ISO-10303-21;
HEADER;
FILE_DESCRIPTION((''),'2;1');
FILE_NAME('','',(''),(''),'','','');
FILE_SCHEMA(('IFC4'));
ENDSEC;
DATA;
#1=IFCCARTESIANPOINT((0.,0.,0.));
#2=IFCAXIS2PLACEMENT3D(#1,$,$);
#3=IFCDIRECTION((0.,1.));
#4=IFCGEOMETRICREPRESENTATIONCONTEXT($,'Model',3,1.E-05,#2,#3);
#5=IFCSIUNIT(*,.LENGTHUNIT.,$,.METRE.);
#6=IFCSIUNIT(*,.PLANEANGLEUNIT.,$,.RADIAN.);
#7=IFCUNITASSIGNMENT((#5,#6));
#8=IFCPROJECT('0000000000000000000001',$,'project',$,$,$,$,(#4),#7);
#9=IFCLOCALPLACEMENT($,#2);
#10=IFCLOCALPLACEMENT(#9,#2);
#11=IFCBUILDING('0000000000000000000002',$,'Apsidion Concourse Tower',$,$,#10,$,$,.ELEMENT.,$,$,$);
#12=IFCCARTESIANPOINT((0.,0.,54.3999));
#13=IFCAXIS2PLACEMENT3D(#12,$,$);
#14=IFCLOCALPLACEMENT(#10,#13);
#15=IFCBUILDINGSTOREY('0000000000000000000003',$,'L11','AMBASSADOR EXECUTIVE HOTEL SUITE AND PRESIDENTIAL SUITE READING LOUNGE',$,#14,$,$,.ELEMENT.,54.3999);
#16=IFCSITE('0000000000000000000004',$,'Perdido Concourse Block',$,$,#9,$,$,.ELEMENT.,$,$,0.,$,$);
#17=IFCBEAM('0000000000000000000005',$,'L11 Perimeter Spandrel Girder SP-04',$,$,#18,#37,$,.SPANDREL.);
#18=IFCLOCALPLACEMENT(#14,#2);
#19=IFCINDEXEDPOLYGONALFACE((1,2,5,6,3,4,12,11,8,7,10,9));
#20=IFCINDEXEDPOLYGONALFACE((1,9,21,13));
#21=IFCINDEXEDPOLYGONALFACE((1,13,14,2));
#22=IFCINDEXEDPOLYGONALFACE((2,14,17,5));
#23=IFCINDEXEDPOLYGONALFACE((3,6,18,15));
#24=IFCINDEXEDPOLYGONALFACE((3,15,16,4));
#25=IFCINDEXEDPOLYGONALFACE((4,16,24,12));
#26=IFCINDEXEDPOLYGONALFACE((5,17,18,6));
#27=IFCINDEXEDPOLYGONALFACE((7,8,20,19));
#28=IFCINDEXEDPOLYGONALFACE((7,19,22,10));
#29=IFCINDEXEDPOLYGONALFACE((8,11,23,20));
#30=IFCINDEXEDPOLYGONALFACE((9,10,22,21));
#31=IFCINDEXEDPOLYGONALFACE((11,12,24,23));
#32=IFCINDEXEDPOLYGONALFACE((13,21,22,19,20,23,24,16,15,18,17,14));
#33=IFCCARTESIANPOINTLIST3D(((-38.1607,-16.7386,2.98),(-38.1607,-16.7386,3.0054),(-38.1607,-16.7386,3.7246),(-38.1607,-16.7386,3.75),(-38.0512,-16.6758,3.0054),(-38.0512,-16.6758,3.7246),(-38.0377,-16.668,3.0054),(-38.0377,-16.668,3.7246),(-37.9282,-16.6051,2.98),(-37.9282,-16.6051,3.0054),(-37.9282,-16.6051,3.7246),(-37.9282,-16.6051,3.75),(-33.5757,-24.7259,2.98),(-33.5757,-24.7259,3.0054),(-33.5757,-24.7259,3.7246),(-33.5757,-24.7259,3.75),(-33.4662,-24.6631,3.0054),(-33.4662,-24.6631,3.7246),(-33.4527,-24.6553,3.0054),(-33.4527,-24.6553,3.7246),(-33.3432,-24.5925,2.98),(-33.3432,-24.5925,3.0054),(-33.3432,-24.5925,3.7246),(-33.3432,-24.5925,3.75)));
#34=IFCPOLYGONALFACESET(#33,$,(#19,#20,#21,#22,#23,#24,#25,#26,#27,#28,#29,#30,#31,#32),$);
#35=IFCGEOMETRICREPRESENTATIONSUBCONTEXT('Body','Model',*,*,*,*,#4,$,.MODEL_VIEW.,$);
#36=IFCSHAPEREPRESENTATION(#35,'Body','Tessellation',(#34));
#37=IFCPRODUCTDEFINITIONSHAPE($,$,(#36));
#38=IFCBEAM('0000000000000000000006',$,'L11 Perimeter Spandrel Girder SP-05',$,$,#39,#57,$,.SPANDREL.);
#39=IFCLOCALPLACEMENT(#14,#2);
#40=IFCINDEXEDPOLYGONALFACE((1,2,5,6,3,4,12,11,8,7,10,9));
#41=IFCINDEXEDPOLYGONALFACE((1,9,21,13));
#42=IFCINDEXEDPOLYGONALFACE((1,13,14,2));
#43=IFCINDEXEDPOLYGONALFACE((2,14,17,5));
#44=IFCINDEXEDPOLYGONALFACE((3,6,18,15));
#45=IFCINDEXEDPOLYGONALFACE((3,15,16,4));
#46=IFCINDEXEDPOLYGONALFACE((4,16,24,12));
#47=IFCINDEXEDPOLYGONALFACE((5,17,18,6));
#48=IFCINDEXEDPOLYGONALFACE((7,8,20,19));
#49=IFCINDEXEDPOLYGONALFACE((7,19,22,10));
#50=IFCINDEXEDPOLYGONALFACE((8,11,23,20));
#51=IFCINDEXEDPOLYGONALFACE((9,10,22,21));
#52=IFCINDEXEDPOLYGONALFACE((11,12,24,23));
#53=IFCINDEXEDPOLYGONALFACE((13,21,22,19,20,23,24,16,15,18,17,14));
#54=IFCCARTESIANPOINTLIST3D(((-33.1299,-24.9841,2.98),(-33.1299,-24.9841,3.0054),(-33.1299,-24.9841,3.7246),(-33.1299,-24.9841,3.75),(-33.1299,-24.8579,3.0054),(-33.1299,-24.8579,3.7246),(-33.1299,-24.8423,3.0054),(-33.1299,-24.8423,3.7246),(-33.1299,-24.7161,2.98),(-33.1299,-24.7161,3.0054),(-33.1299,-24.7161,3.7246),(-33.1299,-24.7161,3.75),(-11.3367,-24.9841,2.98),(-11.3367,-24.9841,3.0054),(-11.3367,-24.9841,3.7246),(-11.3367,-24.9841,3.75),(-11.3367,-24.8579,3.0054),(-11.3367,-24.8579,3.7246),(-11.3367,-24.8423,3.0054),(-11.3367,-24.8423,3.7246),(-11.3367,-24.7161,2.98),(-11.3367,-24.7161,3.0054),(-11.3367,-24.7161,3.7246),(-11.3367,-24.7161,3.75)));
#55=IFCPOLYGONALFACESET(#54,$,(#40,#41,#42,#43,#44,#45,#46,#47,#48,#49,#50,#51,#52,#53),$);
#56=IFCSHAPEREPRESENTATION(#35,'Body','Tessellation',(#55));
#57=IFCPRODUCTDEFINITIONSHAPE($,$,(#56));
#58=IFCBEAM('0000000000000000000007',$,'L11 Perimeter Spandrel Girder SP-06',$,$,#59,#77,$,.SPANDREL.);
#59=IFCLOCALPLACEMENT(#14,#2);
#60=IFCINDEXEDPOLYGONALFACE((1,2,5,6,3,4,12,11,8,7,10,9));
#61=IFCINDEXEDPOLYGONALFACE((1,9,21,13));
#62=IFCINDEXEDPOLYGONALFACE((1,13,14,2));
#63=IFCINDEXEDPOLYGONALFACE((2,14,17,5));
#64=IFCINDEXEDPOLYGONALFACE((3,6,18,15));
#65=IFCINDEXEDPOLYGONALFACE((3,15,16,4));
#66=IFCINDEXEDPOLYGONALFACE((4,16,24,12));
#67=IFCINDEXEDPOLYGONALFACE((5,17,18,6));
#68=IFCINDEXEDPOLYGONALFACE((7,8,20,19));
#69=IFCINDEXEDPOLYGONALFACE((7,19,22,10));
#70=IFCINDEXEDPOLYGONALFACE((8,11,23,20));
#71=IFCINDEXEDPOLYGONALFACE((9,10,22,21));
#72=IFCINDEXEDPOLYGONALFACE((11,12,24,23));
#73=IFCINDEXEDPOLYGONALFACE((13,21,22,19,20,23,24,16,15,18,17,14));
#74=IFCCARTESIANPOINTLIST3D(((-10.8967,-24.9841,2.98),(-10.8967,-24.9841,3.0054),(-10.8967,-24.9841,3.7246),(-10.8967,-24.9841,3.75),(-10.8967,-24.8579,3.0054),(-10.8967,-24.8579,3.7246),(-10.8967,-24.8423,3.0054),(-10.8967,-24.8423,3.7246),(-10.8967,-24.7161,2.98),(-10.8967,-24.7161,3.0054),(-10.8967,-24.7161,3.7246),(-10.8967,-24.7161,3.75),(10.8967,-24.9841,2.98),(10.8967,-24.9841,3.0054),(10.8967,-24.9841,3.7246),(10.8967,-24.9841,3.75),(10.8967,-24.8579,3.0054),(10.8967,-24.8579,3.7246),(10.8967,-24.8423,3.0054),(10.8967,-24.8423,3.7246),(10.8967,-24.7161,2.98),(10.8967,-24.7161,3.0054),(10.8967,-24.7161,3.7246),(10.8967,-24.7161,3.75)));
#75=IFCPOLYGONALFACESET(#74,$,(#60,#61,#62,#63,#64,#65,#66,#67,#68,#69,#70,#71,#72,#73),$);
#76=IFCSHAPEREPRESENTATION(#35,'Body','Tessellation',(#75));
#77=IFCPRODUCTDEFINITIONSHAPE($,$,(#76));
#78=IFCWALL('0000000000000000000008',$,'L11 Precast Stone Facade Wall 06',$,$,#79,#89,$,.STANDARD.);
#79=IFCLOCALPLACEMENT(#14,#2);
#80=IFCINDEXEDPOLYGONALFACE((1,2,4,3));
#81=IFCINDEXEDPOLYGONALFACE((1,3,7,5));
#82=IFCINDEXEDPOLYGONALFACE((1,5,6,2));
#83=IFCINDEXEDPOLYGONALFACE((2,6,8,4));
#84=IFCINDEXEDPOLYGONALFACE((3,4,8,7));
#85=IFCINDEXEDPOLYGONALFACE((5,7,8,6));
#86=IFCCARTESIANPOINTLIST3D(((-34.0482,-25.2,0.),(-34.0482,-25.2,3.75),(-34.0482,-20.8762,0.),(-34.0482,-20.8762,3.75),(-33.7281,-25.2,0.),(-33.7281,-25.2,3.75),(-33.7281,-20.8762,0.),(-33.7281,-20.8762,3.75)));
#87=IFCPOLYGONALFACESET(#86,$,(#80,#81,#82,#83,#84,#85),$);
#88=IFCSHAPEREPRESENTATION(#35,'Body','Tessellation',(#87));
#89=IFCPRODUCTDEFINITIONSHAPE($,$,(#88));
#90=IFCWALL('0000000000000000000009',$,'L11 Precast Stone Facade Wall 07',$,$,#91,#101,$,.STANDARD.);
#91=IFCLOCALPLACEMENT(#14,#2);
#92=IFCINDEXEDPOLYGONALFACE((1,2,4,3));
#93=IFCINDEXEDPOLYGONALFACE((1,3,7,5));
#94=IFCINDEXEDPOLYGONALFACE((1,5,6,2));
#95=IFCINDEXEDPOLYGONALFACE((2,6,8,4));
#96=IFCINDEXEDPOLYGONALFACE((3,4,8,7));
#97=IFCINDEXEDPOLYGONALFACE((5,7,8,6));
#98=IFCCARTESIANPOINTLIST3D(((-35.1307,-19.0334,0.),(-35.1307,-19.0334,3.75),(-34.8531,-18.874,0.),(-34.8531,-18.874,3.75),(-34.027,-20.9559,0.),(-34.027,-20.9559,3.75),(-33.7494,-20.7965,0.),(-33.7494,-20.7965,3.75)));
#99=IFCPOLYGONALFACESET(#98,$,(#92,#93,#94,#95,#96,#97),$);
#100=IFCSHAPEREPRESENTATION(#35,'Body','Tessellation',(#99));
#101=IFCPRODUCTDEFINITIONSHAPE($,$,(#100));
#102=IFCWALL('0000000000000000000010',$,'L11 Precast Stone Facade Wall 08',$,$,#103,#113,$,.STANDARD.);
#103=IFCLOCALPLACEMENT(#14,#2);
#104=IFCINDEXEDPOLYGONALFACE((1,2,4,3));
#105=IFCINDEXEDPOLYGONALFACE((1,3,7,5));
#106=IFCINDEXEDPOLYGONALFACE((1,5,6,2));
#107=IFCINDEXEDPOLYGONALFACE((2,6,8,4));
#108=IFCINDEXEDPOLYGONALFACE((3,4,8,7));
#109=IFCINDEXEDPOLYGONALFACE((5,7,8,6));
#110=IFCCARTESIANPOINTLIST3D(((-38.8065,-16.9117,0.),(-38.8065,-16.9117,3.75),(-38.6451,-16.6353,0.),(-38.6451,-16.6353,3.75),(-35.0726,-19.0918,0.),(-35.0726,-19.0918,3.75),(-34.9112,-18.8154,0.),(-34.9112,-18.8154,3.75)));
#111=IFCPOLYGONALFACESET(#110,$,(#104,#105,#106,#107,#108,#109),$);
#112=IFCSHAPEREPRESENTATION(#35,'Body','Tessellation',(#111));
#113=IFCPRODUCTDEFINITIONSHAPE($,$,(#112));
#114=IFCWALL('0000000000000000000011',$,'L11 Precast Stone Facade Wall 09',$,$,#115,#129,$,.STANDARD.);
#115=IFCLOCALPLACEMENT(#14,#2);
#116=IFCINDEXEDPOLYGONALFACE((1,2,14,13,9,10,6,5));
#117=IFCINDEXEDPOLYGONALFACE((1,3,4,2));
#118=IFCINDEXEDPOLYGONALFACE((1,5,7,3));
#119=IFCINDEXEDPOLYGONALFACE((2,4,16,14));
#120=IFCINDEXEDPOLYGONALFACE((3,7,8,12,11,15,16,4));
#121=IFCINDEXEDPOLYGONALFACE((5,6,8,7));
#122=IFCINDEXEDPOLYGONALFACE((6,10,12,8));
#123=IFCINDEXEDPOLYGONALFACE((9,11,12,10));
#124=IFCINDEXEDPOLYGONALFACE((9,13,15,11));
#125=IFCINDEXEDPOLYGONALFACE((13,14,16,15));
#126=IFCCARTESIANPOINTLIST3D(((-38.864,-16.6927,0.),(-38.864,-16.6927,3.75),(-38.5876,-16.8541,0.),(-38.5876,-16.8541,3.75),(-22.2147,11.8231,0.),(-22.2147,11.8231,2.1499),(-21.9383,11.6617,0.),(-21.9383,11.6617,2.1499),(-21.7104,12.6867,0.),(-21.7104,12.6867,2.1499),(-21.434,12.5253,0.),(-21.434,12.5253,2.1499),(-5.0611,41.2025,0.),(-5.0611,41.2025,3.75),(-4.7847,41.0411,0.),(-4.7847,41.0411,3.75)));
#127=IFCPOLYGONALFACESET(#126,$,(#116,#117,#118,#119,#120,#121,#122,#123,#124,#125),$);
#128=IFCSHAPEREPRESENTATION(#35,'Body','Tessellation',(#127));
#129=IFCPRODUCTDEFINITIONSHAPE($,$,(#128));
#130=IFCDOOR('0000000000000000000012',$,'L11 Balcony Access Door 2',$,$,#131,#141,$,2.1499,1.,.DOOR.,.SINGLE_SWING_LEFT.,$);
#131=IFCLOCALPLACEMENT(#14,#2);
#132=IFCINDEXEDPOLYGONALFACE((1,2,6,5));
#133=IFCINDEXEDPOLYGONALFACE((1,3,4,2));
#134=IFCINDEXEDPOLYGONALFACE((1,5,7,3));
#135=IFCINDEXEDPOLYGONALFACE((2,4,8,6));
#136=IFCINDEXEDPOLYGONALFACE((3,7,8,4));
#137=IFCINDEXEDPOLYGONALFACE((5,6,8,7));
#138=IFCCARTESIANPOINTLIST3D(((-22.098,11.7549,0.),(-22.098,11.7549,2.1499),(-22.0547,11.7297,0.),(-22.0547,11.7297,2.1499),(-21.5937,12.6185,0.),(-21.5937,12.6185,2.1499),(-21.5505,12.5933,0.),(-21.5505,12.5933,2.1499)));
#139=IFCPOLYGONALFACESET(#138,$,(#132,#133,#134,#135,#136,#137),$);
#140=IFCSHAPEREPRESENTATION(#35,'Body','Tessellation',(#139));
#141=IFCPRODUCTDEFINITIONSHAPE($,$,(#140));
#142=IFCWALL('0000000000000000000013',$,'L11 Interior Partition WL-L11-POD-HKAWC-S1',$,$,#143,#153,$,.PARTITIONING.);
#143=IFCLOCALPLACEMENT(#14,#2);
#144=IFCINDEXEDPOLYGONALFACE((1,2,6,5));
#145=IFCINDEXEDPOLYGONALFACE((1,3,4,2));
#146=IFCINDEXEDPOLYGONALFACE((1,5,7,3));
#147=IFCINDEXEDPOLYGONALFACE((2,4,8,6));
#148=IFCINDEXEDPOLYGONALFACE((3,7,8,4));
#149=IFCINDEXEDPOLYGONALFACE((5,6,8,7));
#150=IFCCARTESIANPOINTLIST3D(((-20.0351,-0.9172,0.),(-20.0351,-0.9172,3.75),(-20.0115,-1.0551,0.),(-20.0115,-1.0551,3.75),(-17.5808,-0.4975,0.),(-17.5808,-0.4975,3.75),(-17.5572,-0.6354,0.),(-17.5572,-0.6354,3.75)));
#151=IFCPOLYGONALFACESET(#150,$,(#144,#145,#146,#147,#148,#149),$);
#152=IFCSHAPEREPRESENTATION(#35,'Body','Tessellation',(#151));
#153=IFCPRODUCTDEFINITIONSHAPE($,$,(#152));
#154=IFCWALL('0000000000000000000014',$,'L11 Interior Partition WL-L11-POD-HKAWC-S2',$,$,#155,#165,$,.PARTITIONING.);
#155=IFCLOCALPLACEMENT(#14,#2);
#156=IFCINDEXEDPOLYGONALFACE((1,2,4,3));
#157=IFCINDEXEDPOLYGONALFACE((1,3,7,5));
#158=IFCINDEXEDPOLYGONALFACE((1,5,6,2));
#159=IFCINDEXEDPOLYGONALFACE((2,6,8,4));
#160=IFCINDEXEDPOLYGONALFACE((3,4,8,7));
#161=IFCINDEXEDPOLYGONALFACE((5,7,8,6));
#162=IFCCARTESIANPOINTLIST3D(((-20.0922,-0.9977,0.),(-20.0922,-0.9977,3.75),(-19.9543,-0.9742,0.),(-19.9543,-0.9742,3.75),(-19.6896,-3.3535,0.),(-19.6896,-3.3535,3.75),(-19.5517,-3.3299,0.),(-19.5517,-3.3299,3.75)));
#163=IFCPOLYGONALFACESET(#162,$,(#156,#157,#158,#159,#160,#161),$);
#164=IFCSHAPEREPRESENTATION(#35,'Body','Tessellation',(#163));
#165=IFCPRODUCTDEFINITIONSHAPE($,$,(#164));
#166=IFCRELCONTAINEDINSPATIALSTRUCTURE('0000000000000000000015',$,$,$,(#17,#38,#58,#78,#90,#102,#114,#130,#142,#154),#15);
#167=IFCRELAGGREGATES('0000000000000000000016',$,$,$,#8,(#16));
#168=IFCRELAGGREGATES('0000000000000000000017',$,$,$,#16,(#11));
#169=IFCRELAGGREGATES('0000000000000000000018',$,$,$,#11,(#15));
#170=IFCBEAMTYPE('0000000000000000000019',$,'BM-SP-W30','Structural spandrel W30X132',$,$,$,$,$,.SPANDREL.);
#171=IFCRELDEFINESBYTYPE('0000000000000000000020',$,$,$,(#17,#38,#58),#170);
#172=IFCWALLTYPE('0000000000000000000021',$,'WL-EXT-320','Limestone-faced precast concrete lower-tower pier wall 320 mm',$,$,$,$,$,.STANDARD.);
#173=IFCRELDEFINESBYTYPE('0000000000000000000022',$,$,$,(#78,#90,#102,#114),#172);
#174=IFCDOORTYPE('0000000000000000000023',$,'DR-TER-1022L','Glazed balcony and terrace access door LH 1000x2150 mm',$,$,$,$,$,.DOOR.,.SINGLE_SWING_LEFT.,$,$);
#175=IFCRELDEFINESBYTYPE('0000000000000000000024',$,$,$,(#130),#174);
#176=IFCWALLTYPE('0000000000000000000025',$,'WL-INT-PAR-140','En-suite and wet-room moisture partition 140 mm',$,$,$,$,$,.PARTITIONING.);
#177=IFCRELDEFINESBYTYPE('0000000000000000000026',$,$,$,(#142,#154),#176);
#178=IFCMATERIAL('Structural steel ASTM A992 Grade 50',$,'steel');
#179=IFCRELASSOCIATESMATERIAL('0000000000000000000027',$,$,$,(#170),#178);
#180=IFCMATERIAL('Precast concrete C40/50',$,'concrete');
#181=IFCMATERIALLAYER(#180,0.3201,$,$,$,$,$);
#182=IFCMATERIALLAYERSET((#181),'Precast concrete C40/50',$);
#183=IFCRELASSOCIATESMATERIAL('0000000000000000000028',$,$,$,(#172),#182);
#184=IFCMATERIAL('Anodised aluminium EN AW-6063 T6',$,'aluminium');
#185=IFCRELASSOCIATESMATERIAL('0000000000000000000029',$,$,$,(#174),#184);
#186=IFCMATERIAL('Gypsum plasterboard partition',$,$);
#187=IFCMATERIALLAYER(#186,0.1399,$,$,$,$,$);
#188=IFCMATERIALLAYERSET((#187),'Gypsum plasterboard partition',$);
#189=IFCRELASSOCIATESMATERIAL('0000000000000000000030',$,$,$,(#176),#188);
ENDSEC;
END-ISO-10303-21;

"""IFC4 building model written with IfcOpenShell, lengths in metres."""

from ifc_helpers import new_model, si_unit, direction, frame, frame_2d, origin, origin_2d, place, context, subcontext, project, spatial, rectangle, i_section, extrude, material, layer, layer_set, material_profile, profile_set, type_object, element, fill, save


model = new_model("IFC4")

# Units and contexts
model_context = context("Model", 3, precision=1e-05, world=origin(), true_north=direction((0.0, 1.0)))
body_context = subcontext(model_context, "Body", "Model", "MODEL_VIEW")
ifc_project = project(units=[si_unit("LENGTHUNIT", "METRE"), si_unit("PLANEANGLEUNIT", "RADIAN")], contexts=[model_context])

# Site, building, storey
site_placement = place(None, origin())
site = spatial("IfcSite", under=ifc_project, at=site_placement, Name="Perdido Concourse Block", CompositionType="ELEMENT", RefElevation=0.0)
building_placement = place(site_placement, origin())
building = spatial("IfcBuilding", under=site, at=building_placement, Name="Apsidion Concourse Tower", CompositionType="ELEMENT")
storey_placement = place(building_placement, frame((0.0, 0.0, 54.3999)))
storey = spatial("IfcBuildingStorey", under=building, at=storey_placement, Name="L11", Description="AMBASSADOR EXECUTIVE HOTEL SUITE AND PRESIDENTIAL SUITE READING LOUNGE", CompositionType="ELEMENT", Elevation=54.3999)

# Beams
ifc_material_1 = material(Name="Structural steel ASTM A992 Grade 50", Category="steel")
ifc_material_profile_1 = material_profile(ifc_material_1, i_section(OverallWidth=0.2681, OverallDepth=0.77, WebThickness=0.0156, FlangeThickness=0.0254, at=origin_2d()), Name="W30X132")
ifc_profile_set_1 = profile_set([ifc_material_profile_1], Name="Structural steel ASTM A992 Grade 50")
beam_type_1 = type_object("IfcBeamType", Name="BM-SP-W30", Description="Structural spandrel W30X132", PredefinedType="SPANDREL", material=ifc_profile_set_1)
beam_1_placement = place(storey_placement, frame((-38.0444, -16.6719, 3.365), z_axis=(0.497839, -0.867269, 0.0), x_axis=(0.867269, 0.497839, 0.0)))
element("IfcBeam", 1, at=beam_1_placement, inside=storey, type_object=beam_type_1, Name="L11 Perimeter Spandrel Girder SP-04", PredefinedType="SPANDREL", context=body_context, shape_type="SweptSolid", body=[
    extrude(i_section(OverallWidth=0.2681, OverallDepth=0.77, WebThickness=0.0156, FlangeThickness=0.0254, at=origin_2d()), origin(), (0.0, 0.0, 1.0), 9.2097),
])
beam_2_placement = place(storey_placement, frame((-33.1299, -24.8501, 3.365), z_axis=(1.0, 0.0, 0.0), x_axis=(0.0, 1.0, 0.0)))
element("IfcBeam", 2, at=beam_2_placement, inside=storey, type_object=beam_type_1, Name="L11 Perimeter Spandrel Girder SP-05", PredefinedType="SPANDREL", context=body_context, shape_type="SweptSolid", body=[
    extrude(i_section(OverallWidth=0.2681, OverallDepth=0.77, WebThickness=0.0156, FlangeThickness=0.0254, at=origin_2d()), origin(), (0.0, 0.0, 1.0), 21.7932),
])
beam_3_placement = place(storey_placement, frame((-10.8967, -24.8501, 3.365), z_axis=(1.0, 0.0, 0.0), x_axis=(0.0, 1.0, 0.0)))
element("IfcBeam", 3, at=beam_3_placement, inside=storey, type_object=beam_type_1, Name="L11 Perimeter Spandrel Girder SP-06", PredefinedType="SPANDREL", context=body_context, shape_type="SweptSolid", body=[
    extrude(i_section(OverallWidth=0.2681, OverallDepth=0.77, WebThickness=0.0156, FlangeThickness=0.0254, at=origin_2d()), origin(), (0.0, 0.0, 1.0), 21.7935),
])

# Walls
ifc_material_2 = material(Name="Precast concrete C40/50", Category="concrete")
ifc_layer_1 = layer(ifc_material_2, 0.3201)
ifc_layer_set_1 = layer_set([ifc_layer_1], Name="Precast concrete C40/50")
wall_type_1 = type_object("IfcWallType", Name="WL-EXT-320", Description="Limestone-faced precast concrete lower-tower pier wall 320 mm", PredefinedType="STANDARD", material=ifc_layer_set_1)
wall_1_placement = place(storey_placement, frame((-33.8882, -25.2, 0.0), z_axis=(0.0, 0.0, 1.0), x_axis=(0.0, 1.0, 0.0)))
element("IfcWall", 4, at=wall_1_placement, inside=storey, type_object=wall_type_1, Name="L11 Precast Stone Facade Wall 06", PredefinedType="STANDARD", context=body_context, shape_type="SweptSolid", body=[
    extrude(rectangle(XDim=4.3237, YDim=0.3201, at=frame_2d((2.1619, 0.0))), origin(), (0.0, 0.0, 1.0), 3.75),
])
wall_2_placement = place(storey_placement, frame((-33.8882, -20.8762, 0.0), z_axis=(0.0, 0.0, 1.0), x_axis=(-0.497881, 0.867245, 0.0)))
element("IfcWall", 5, at=wall_2_placement, inside=storey, type_object=wall_type_1, Name="L11 Precast Stone Facade Wall 07", PredefinedType="STANDARD", context=body_context, shape_type="SweptSolid", body=[
    extrude(rectangle(XDim=2.2168, YDim=0.3201, at=frame_2d((1.1084, 0.0))), origin(), (0.0, 0.0, 1.0), 3.75),
])
wall_3_placement = place(storey_placement, frame((-34.9919, -18.9536, 0.0), z_axis=(0.0, 0.0, 1.0), x_axis=(-0.86357, 0.504229, 0.0)))
element("IfcWall", 6, at=wall_3_placement, inside=storey, type_object=wall_type_1, Name="L11 Precast Stone Facade Wall 08", PredefinedType="STANDARD", context=body_context, shape_type="SweptSolid", body=[
    extrude(rectangle(XDim=4.3237, YDim=0.3201, at=frame_2d((2.1619, 0.0))), origin(), (0.0, 0.0, 1.0), 3.75),
])

# Wall, opening, door
wall_4_placement = place(storey_placement, frame((-38.7258, -16.7734, 0.0), z_axis=(0.0, 0.0, 1.0), x_axis=(0.504213, 0.863579, 0.0)))
wall_4 = element("IfcWall", 7, at=wall_4_placement, inside=storey, type_object=wall_type_1, Name="L11 Precast Stone Facade Wall 09", PredefinedType="STANDARD", context=body_context, shape_type="SweptSolid", body=[
    extrude(rectangle(XDim=67.041, YDim=0.3201, at=frame_2d((33.5205, 0.0))), origin(), (0.0, 0.0, 1.0), 3.75),
])
opening_1_placement = place(wall_4_placement, frame((33.0205, 0.0, 0.0)))
opening_1 = element("IfcOpeningElement", 8, at=opening_1_placement, cuts=wall_4, PredefinedType="OPENING", context=body_context, shape_type="SweptSolid", body=[
    extrude(rectangle(XDim=1.0, YDim=2.1499, at=frame_2d((0.5, 1.075))), frame((0.0, 0.1699, 0.0), z_axis=(0.0, -1.0, 0.0), x_axis=(1.0, 0.0, 0.0)), (0.0, 0.0, 1.0), 0.3401),
])
ifc_material_3 = material(Name="Anodised aluminium EN AW-6063 T6", Category="aluminium")
door_type_1 = type_object("IfcDoorType", Name="DR-TER-1022L", Description="Glazed balcony and terrace access door LH 1000x2150 mm", OperationType="SINGLE_SWING_LEFT", PredefinedType="DOOR", material=ifc_material_3)
door_1_placement = place(opening_1_placement, origin())
door_1 = element("IfcDoor", 9, at=door_1_placement, inside=storey, type_object=door_type_1, Name="L11 Balcony Access Door 2", OperationType="SINGLE_SWING_LEFT", OverallHeight=2.1499, OverallWidth=1.0, PredefinedType="DOOR", context=body_context, shape_type="SweptSolid", body=[
    extrude(rectangle(XDim=1.0, YDim=2.1499, at=frame_2d((0.5, 1.075))), frame((0.0, 0.0249, 0.0), z_axis=(0.0, -1.0, 0.0), x_axis=(1.0, 0.0, 0.0)), (0.0, 0.0, 1.0), 0.05),
])
fill(opening_1, door_1)

# Walls
ifc_material_4 = material(Name="Gypsum plasterboard partition")
ifc_layer_2 = layer(ifc_material_4, 0.1399)
ifc_layer_set_2 = layer_set([ifc_layer_2], Name="Gypsum plasterboard partition")
wall_type_2 = type_object("IfcWallType", Name="WL-INT-PAR-140", Description="En-suite and wet-room moisture partition 140 mm", PredefinedType="PARTITIONING", material=ifc_layer_set_2)
wall_5_placement = place(storey_placement, frame((-17.5688, -0.5664, 0.0), z_axis=(0.0, 0.0, 1.0), x_axis=(-0.985694, -0.168547, 0.0)))
element("IfcWall", 10, at=wall_5_placement, inside=storey, type_object=wall_type_2, Name="L11 Interior Partition WL-L11-POD-HKAWC-S1", PredefinedType="PARTITIONING", context=body_context, shape_type="SweptSolid", body=[
    extrude(rectangle(XDim=2.49, YDim=0.1399, at=frame_2d((1.2451, 0.0))), origin(), (0.0, 0.0, 1.0), 3.75),
])
wall_6_placement = place(storey_placement, frame((-20.0232, -0.9861, 0.0), z_axis=(0.0, 0.0, 1.0), x_axis=(0.168456, -0.985709, 0.0)))
element("IfcWall", 11, at=wall_6_placement, inside=storey, type_object=wall_type_2, Name="L11 Interior Partition WL-L11-POD-HKAWC-S2", PredefinedType="PARTITIONING", context=body_context, shape_type="SweptSolid", body=[
    extrude(rectangle(XDim=2.3899, YDim=0.1399, at=frame_2d((1.1948, 0.0))), origin(), (0.0, 0.0, 1.0), 3.75),
])

save(model, "model.ifc")
